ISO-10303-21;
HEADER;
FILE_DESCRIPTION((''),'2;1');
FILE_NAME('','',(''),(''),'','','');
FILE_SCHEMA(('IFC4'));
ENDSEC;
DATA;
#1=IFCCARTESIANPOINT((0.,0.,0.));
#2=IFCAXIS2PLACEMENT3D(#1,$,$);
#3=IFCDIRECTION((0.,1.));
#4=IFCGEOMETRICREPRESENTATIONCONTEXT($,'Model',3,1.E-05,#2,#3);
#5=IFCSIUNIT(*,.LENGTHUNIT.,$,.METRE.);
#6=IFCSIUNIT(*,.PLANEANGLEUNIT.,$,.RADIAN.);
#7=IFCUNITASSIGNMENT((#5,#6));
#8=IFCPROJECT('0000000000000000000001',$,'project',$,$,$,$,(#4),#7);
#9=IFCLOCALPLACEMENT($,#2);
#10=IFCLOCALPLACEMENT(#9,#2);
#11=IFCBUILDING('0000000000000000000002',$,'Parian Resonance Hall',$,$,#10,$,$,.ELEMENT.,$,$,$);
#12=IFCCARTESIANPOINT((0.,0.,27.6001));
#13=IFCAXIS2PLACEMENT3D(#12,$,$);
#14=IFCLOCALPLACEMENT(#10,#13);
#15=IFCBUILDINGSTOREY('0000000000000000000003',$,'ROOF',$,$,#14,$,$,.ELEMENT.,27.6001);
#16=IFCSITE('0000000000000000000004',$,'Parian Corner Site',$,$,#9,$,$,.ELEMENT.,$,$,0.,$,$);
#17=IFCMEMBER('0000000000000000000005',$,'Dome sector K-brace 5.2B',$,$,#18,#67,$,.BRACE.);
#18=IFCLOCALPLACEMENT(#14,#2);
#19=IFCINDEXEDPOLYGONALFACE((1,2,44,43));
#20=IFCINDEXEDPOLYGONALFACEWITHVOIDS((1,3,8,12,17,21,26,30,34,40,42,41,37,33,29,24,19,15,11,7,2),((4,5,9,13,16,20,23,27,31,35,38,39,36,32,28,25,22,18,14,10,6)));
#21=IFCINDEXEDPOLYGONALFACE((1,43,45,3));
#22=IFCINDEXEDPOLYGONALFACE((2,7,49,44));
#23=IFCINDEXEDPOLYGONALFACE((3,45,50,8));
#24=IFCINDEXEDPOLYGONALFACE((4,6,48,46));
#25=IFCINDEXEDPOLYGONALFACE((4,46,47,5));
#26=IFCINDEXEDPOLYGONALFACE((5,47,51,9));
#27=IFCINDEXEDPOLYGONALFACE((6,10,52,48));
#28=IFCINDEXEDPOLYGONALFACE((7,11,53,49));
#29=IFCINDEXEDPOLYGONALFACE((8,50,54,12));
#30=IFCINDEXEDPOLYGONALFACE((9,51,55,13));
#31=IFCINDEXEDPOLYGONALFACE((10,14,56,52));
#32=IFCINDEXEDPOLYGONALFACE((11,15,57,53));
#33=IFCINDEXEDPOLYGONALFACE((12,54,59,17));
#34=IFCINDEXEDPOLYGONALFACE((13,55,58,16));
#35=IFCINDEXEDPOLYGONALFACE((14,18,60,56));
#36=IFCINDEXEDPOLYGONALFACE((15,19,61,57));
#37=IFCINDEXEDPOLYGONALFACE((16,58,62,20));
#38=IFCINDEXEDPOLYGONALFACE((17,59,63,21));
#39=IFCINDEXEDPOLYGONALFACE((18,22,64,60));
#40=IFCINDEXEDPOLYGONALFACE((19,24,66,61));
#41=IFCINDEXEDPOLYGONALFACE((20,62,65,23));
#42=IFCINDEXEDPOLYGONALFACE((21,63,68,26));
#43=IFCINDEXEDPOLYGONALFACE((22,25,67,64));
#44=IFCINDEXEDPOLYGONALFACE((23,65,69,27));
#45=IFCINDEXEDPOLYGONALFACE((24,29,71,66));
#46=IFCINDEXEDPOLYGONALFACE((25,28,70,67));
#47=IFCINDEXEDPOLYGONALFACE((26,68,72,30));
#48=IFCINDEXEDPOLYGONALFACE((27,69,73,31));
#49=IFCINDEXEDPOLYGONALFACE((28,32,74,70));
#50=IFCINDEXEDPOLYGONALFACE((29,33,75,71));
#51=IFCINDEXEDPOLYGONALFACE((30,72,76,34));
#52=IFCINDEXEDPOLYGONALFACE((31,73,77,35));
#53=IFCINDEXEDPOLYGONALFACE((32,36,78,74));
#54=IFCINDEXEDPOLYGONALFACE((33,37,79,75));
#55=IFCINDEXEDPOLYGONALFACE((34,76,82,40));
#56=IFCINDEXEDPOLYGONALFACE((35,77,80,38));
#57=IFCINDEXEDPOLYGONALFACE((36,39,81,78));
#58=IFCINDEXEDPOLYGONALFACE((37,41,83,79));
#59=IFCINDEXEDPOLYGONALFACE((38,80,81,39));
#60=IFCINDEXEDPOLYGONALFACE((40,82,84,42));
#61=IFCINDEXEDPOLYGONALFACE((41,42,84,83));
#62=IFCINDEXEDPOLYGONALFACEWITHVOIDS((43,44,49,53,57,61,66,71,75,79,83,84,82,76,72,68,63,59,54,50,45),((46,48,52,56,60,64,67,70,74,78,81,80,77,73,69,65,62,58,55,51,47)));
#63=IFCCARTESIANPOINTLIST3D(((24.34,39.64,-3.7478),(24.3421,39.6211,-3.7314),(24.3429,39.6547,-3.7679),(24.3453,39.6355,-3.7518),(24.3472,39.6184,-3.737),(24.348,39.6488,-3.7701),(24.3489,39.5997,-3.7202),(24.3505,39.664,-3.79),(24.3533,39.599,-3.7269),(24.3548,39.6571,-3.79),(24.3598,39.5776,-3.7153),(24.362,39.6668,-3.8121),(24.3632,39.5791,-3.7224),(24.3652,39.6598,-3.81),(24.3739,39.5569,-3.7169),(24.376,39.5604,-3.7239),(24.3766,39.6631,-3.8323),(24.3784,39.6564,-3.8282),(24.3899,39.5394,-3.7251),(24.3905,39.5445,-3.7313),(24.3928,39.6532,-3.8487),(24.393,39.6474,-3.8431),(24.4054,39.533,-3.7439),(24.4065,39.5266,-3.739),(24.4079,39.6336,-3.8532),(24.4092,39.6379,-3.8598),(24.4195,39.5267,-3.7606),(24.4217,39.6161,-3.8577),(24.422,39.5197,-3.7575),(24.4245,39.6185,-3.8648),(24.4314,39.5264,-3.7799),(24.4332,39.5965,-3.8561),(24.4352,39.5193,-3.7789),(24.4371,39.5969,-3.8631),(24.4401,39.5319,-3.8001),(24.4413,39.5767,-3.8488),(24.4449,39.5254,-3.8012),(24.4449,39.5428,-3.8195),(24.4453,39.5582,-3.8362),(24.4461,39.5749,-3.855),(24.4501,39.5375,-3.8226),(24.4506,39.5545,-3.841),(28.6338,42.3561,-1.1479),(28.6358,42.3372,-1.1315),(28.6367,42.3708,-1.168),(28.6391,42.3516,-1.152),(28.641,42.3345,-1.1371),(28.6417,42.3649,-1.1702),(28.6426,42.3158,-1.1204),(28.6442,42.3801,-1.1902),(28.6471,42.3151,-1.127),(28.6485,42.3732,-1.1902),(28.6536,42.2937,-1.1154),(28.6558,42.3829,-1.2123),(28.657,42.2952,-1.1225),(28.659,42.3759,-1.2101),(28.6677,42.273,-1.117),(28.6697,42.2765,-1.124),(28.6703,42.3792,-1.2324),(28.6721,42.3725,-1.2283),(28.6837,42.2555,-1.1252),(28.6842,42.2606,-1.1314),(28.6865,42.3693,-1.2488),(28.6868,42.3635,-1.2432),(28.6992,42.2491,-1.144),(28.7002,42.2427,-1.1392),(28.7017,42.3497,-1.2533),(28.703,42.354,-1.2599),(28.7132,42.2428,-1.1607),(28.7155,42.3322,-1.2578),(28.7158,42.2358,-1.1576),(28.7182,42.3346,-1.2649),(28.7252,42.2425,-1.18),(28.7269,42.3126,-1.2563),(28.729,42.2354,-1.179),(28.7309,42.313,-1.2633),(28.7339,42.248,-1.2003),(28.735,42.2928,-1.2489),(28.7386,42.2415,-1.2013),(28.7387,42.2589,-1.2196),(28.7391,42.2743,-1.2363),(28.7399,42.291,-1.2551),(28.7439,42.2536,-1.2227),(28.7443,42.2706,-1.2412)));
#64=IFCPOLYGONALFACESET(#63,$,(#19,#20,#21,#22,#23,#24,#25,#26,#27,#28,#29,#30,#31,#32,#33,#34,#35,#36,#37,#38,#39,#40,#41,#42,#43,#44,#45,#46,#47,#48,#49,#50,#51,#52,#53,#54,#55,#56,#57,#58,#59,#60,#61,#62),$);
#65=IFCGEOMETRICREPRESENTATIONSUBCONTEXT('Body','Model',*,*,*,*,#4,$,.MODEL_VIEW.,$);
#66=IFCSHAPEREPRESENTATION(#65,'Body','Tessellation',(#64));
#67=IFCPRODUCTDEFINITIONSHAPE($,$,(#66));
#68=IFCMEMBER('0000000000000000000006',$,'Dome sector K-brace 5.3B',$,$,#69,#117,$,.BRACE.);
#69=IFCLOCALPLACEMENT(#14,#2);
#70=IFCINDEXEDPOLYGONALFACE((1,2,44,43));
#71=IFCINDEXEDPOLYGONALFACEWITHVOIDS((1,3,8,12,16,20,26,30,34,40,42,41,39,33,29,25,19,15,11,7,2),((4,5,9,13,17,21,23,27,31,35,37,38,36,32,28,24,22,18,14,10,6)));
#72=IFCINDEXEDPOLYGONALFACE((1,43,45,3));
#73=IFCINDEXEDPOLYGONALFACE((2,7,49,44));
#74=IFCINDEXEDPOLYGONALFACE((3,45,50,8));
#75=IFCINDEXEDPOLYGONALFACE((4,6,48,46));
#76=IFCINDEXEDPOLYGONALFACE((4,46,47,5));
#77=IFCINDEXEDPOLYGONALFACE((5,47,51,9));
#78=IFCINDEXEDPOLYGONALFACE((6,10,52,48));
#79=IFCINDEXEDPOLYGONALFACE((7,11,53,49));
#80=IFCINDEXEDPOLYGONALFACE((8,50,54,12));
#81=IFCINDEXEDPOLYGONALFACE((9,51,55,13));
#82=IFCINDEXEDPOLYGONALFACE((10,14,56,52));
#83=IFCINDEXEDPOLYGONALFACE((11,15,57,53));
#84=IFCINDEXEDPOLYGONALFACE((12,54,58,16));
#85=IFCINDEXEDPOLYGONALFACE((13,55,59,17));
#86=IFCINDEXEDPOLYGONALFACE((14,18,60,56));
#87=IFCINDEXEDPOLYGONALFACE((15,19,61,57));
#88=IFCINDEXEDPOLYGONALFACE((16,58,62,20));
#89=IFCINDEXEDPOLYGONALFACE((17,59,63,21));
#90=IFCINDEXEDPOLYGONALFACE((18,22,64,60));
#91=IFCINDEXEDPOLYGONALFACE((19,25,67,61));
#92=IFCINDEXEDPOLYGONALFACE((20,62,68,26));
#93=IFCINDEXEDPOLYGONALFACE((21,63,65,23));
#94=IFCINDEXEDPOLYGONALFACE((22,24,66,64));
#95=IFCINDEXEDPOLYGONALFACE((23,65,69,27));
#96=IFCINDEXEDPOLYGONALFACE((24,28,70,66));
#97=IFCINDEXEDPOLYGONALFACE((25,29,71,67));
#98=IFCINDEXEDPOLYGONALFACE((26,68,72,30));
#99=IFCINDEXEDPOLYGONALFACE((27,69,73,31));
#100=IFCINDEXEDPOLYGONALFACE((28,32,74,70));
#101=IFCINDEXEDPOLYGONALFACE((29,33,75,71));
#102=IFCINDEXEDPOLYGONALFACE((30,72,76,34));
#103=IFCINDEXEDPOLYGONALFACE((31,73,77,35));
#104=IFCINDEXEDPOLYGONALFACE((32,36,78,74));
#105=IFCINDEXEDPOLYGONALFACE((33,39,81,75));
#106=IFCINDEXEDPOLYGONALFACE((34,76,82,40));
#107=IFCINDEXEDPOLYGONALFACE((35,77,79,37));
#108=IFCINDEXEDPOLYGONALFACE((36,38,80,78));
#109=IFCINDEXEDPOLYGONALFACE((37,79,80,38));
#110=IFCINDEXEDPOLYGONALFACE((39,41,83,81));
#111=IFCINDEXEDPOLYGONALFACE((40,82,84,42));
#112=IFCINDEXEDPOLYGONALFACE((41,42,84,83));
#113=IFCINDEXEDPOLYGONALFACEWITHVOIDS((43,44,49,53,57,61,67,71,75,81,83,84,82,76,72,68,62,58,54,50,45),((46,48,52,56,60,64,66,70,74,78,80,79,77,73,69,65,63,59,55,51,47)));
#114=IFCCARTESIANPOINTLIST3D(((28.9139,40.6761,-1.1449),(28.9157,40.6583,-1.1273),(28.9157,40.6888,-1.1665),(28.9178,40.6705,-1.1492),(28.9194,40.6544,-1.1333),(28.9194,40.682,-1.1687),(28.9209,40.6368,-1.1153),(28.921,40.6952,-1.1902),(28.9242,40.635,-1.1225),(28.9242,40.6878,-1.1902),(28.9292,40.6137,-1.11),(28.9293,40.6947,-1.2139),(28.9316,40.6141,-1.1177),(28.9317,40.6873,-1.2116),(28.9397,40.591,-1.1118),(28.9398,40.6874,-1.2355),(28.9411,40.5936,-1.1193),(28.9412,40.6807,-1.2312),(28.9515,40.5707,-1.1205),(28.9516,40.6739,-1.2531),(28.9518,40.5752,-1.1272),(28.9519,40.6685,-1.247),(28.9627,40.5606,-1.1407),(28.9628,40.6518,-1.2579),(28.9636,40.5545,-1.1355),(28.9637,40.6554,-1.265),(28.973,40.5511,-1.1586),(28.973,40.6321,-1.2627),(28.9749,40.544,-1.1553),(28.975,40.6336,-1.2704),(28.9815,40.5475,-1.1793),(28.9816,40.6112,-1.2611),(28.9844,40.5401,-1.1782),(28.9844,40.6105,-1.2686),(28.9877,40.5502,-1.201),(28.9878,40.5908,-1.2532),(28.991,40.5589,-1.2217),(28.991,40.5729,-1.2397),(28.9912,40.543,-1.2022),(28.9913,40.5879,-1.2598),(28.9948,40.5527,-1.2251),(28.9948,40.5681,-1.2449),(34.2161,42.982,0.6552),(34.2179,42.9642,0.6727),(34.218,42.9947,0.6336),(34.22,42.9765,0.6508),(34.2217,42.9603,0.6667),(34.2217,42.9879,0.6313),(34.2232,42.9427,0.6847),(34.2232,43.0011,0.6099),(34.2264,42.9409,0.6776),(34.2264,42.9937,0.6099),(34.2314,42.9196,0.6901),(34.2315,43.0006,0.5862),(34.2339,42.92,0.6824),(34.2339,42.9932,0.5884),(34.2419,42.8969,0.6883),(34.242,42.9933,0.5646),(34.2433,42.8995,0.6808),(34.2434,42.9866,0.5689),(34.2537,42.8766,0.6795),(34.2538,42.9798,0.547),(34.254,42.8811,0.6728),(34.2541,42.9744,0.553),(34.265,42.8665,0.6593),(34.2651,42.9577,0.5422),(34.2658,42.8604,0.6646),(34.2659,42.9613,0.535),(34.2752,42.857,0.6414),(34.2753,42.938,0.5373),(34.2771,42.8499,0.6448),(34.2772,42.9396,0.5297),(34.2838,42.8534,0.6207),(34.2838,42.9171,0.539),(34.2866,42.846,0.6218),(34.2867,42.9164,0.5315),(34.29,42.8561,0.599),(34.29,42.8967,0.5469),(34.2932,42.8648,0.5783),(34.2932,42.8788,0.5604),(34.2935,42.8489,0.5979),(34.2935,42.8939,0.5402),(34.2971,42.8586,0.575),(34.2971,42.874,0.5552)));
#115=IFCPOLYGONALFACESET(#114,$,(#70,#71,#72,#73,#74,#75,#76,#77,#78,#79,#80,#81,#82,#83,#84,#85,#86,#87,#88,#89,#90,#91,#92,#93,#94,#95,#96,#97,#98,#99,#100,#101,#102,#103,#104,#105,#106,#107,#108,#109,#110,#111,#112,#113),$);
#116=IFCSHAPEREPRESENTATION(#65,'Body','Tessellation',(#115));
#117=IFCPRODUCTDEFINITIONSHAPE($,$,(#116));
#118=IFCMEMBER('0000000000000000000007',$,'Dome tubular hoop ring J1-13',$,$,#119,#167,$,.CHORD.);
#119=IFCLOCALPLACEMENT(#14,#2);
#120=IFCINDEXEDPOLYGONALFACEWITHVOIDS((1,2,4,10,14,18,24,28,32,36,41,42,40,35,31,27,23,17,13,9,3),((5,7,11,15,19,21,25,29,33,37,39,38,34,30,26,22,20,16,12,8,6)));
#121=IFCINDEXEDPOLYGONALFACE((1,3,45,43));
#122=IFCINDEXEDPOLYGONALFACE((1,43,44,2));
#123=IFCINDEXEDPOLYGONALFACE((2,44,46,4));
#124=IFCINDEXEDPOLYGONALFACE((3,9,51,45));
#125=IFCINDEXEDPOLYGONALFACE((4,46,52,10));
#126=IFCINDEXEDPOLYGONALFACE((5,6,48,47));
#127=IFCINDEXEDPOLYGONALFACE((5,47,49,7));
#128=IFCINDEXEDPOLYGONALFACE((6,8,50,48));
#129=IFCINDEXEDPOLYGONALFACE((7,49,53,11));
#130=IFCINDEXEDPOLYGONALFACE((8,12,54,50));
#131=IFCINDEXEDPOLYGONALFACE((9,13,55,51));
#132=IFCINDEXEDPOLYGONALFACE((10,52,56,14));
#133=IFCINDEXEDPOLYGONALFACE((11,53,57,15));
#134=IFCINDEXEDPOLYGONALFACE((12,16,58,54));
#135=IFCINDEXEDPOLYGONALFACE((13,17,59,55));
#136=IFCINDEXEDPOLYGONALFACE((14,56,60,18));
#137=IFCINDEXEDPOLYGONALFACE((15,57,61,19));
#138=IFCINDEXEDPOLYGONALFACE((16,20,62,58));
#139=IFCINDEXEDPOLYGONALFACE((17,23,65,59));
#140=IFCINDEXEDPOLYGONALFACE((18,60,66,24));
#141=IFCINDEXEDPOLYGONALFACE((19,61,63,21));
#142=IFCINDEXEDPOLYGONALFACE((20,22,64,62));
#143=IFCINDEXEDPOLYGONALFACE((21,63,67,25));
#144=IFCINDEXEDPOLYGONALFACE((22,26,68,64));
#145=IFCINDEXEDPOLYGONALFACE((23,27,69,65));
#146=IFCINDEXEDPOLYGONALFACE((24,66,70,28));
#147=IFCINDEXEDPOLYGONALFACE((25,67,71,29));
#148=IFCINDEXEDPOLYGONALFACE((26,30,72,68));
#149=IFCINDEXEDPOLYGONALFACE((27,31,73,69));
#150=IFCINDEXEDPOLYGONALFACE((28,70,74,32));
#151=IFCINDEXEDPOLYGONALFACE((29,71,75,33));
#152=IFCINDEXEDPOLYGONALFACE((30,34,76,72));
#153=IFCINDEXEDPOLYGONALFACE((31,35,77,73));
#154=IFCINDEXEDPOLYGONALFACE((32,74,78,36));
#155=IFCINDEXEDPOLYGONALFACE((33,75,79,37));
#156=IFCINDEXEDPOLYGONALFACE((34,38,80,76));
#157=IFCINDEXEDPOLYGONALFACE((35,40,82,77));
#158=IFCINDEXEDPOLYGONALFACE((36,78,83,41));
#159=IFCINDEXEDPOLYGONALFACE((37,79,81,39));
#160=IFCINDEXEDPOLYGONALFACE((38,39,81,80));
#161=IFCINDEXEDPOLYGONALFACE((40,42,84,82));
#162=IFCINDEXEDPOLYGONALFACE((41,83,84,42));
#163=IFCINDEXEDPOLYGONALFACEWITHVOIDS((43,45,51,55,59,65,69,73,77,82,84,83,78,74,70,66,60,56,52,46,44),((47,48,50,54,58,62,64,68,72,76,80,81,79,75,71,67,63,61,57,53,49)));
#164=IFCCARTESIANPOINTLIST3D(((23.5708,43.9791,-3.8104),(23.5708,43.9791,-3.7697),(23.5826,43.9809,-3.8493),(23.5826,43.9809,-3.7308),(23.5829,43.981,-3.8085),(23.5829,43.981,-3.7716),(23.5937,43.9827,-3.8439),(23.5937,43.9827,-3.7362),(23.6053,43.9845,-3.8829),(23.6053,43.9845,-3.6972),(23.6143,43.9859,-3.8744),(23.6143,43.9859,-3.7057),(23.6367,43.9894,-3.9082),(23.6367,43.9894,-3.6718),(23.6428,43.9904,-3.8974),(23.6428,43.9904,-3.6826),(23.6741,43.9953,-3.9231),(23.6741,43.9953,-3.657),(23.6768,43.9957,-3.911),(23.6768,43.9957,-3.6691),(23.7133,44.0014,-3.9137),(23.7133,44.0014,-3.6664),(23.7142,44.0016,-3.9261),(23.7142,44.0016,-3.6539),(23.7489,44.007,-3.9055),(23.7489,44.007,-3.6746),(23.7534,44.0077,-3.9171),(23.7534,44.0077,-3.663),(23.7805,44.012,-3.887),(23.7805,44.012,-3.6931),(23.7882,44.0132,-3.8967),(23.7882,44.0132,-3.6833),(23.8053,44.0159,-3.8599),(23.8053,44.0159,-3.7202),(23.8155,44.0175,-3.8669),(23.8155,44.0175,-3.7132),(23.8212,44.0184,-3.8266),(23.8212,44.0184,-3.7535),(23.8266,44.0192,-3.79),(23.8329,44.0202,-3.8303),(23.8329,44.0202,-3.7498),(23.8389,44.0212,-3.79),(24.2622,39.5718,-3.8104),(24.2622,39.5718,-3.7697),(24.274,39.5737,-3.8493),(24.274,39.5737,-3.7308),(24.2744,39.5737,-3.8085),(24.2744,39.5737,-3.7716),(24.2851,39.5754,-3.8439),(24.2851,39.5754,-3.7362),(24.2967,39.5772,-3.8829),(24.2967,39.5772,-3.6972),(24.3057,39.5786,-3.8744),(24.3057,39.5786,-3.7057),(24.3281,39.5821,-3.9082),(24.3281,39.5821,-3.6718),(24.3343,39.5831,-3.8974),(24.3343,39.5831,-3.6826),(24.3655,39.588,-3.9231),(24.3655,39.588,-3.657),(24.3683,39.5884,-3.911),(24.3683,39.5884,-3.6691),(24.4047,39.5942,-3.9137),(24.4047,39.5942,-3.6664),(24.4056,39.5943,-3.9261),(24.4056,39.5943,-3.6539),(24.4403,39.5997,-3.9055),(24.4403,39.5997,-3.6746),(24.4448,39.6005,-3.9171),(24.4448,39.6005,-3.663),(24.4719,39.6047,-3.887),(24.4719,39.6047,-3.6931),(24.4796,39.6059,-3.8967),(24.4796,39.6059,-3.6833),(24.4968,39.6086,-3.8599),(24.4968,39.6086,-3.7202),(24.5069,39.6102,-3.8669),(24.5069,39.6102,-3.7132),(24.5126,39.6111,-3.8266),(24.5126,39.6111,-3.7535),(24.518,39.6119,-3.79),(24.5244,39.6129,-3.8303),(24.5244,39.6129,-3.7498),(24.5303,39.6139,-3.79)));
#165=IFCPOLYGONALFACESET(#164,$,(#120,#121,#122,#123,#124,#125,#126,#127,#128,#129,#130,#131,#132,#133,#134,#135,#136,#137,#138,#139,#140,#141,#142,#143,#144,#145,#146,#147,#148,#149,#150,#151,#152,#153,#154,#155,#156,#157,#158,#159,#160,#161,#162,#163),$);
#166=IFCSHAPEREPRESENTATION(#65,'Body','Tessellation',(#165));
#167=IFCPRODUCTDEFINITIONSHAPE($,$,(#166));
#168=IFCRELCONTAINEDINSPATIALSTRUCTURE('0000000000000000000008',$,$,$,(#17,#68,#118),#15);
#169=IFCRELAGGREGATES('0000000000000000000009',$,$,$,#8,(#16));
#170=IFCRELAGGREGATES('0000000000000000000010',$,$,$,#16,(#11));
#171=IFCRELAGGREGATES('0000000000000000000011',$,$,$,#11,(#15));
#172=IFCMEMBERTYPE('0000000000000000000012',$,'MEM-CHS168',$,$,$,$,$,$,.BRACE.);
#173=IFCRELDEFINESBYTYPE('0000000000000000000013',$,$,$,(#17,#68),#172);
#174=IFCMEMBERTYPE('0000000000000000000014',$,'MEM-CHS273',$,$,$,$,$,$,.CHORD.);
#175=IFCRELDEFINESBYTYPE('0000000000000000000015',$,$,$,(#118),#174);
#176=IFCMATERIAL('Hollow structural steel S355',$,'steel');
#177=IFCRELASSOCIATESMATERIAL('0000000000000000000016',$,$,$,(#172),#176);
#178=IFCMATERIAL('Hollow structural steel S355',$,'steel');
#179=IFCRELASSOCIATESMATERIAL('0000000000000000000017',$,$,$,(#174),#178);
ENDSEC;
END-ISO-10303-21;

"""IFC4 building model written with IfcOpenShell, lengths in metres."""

from ifc_helpers import new_model, si_unit, direction, frame, origin, origin_2d, place, context, subcontext, project, spatial, hollow_circle, extrude, material, material_profile, profile_set, type_object, element, save


model = new_model("IFC4")

# Units and contexts
model_context = context("Model", 3, precision=1e-05, world=origin(), true_north=direction((0.0, 1.0)))
body_context = subcontext(model_context, "Body", "Model", "MODEL_VIEW")
ifc_project = project(units=[si_unit("LENGTHUNIT", "METRE"), si_unit("PLANEANGLEUNIT", "RADIAN")], contexts=[model_context])

# Site, building, storey
site_placement = place(None, origin())
site = spatial("IfcSite", under=ifc_project, at=site_placement, Name="Parian Corner Site", CompositionType="ELEMENT", RefElevation=0.0)
building_placement = place(site_placement, origin())
building = spatial("IfcBuilding", under=site, at=building_placement, Name="Parian Resonance Hall", CompositionType="ELEMENT")
storey_placement = place(building_placement, frame((0.0, 0.0, 27.6001)))
storey = spatial("IfcBuildingStorey", under=building, at=storey_placement, Name="ROOF", CompositionType="ELEMENT", Elevation=27.6001)

# Members
ifc_material_1 = material(Name="Hollow structural steel S355", Category="steel")
ifc_material_profile_1 = material_profile(ifc_material_1, hollow_circle(Radius=0.0842, WallThickness=0.0081, at=origin_2d()), Name="CHS168.3x8")
ifc_profile_set_1 = profile_set([ifc_material_profile_1], Name="Hollow structural steel S355")
member_type_1 = type_object("IfcMemberType", Name="MEM-CHS168", PredefinedType="BRACE", material=ifc_profile_set_1)
member_1_placement = place(storey_placement, frame((24.3955, 39.5928, -3.79), z_axis=(0.752331, 0.475902, 0.455539), x_axis=(-0.534591, 0.845111, 0.0)))
element("IfcMember", 1, at=member_1_placement, inside=storey, type_object=member_type_1, Name="Dome sector K-brace 5.2B", PredefinedType="BRACE", context=body_context, shape_type="SweptSolid", body=[
    extrude(hollow_circle(Radius=0.0842, WallThickness=0.0081, at=origin_2d()), origin(), (0.0, 0.0, 1.0), 5.7073),
])
member_2_placement = place(storey_placement, frame((28.9546, 40.6179, -1.1902), z_axis=(0.875583, 0.380785, 0.29725), x_axis=(-0.398811, 0.917033, 0.0)))
element("IfcMember", 2, at=member_2_placement, inside=storey, type_object=member_type_1, Name="Dome sector K-brace 5.3B", PredefinedType="BRACE", context=body_context, shape_type="SweptSolid", body=[
    extrude(hollow_circle(Radius=0.0842, WallThickness=0.0081, at=origin_2d()), origin(), (0.0, 0.0, 1.0), 6.0557),
])
ifc_material_2 = material(Name="Hollow structural steel S355", Category="steel")
ifc_material_profile_2 = material_profile(ifc_material_2, hollow_circle(Radius=0.1365, WallThickness=0.0125, at=origin_2d()), Name="CHS273x12.5")
ifc_profile_set_2 = profile_set([ifc_material_profile_2], Name="Hollow structural steel S355")
member_type_2 = type_object("IfcMemberType", Name="MEM-CHS273", PredefinedType="CHORD", material=ifc_profile_set_2)
member_3_placement = place(storey_placement, frame((23.7041, 44.0, -3.79), z_axis=(0.154985, -0.987917, 0.0), x_axis=(0.987917, 0.154985, 0.0)))
element("IfcMember", 3, at=member_3_placement, inside=storey, type_object=member_type_2, Name="Dome tubular hoop ring J1-13", PredefinedType="CHORD", context=body_context, shape_type="SweptSolid", body=[
    extrude(hollow_circle(Radius=0.1365, WallThickness=0.0125, at=origin_2d()), origin(), (0.0, 0.0, 1.0), 4.4612),
])

save(model, "model.ifc")
